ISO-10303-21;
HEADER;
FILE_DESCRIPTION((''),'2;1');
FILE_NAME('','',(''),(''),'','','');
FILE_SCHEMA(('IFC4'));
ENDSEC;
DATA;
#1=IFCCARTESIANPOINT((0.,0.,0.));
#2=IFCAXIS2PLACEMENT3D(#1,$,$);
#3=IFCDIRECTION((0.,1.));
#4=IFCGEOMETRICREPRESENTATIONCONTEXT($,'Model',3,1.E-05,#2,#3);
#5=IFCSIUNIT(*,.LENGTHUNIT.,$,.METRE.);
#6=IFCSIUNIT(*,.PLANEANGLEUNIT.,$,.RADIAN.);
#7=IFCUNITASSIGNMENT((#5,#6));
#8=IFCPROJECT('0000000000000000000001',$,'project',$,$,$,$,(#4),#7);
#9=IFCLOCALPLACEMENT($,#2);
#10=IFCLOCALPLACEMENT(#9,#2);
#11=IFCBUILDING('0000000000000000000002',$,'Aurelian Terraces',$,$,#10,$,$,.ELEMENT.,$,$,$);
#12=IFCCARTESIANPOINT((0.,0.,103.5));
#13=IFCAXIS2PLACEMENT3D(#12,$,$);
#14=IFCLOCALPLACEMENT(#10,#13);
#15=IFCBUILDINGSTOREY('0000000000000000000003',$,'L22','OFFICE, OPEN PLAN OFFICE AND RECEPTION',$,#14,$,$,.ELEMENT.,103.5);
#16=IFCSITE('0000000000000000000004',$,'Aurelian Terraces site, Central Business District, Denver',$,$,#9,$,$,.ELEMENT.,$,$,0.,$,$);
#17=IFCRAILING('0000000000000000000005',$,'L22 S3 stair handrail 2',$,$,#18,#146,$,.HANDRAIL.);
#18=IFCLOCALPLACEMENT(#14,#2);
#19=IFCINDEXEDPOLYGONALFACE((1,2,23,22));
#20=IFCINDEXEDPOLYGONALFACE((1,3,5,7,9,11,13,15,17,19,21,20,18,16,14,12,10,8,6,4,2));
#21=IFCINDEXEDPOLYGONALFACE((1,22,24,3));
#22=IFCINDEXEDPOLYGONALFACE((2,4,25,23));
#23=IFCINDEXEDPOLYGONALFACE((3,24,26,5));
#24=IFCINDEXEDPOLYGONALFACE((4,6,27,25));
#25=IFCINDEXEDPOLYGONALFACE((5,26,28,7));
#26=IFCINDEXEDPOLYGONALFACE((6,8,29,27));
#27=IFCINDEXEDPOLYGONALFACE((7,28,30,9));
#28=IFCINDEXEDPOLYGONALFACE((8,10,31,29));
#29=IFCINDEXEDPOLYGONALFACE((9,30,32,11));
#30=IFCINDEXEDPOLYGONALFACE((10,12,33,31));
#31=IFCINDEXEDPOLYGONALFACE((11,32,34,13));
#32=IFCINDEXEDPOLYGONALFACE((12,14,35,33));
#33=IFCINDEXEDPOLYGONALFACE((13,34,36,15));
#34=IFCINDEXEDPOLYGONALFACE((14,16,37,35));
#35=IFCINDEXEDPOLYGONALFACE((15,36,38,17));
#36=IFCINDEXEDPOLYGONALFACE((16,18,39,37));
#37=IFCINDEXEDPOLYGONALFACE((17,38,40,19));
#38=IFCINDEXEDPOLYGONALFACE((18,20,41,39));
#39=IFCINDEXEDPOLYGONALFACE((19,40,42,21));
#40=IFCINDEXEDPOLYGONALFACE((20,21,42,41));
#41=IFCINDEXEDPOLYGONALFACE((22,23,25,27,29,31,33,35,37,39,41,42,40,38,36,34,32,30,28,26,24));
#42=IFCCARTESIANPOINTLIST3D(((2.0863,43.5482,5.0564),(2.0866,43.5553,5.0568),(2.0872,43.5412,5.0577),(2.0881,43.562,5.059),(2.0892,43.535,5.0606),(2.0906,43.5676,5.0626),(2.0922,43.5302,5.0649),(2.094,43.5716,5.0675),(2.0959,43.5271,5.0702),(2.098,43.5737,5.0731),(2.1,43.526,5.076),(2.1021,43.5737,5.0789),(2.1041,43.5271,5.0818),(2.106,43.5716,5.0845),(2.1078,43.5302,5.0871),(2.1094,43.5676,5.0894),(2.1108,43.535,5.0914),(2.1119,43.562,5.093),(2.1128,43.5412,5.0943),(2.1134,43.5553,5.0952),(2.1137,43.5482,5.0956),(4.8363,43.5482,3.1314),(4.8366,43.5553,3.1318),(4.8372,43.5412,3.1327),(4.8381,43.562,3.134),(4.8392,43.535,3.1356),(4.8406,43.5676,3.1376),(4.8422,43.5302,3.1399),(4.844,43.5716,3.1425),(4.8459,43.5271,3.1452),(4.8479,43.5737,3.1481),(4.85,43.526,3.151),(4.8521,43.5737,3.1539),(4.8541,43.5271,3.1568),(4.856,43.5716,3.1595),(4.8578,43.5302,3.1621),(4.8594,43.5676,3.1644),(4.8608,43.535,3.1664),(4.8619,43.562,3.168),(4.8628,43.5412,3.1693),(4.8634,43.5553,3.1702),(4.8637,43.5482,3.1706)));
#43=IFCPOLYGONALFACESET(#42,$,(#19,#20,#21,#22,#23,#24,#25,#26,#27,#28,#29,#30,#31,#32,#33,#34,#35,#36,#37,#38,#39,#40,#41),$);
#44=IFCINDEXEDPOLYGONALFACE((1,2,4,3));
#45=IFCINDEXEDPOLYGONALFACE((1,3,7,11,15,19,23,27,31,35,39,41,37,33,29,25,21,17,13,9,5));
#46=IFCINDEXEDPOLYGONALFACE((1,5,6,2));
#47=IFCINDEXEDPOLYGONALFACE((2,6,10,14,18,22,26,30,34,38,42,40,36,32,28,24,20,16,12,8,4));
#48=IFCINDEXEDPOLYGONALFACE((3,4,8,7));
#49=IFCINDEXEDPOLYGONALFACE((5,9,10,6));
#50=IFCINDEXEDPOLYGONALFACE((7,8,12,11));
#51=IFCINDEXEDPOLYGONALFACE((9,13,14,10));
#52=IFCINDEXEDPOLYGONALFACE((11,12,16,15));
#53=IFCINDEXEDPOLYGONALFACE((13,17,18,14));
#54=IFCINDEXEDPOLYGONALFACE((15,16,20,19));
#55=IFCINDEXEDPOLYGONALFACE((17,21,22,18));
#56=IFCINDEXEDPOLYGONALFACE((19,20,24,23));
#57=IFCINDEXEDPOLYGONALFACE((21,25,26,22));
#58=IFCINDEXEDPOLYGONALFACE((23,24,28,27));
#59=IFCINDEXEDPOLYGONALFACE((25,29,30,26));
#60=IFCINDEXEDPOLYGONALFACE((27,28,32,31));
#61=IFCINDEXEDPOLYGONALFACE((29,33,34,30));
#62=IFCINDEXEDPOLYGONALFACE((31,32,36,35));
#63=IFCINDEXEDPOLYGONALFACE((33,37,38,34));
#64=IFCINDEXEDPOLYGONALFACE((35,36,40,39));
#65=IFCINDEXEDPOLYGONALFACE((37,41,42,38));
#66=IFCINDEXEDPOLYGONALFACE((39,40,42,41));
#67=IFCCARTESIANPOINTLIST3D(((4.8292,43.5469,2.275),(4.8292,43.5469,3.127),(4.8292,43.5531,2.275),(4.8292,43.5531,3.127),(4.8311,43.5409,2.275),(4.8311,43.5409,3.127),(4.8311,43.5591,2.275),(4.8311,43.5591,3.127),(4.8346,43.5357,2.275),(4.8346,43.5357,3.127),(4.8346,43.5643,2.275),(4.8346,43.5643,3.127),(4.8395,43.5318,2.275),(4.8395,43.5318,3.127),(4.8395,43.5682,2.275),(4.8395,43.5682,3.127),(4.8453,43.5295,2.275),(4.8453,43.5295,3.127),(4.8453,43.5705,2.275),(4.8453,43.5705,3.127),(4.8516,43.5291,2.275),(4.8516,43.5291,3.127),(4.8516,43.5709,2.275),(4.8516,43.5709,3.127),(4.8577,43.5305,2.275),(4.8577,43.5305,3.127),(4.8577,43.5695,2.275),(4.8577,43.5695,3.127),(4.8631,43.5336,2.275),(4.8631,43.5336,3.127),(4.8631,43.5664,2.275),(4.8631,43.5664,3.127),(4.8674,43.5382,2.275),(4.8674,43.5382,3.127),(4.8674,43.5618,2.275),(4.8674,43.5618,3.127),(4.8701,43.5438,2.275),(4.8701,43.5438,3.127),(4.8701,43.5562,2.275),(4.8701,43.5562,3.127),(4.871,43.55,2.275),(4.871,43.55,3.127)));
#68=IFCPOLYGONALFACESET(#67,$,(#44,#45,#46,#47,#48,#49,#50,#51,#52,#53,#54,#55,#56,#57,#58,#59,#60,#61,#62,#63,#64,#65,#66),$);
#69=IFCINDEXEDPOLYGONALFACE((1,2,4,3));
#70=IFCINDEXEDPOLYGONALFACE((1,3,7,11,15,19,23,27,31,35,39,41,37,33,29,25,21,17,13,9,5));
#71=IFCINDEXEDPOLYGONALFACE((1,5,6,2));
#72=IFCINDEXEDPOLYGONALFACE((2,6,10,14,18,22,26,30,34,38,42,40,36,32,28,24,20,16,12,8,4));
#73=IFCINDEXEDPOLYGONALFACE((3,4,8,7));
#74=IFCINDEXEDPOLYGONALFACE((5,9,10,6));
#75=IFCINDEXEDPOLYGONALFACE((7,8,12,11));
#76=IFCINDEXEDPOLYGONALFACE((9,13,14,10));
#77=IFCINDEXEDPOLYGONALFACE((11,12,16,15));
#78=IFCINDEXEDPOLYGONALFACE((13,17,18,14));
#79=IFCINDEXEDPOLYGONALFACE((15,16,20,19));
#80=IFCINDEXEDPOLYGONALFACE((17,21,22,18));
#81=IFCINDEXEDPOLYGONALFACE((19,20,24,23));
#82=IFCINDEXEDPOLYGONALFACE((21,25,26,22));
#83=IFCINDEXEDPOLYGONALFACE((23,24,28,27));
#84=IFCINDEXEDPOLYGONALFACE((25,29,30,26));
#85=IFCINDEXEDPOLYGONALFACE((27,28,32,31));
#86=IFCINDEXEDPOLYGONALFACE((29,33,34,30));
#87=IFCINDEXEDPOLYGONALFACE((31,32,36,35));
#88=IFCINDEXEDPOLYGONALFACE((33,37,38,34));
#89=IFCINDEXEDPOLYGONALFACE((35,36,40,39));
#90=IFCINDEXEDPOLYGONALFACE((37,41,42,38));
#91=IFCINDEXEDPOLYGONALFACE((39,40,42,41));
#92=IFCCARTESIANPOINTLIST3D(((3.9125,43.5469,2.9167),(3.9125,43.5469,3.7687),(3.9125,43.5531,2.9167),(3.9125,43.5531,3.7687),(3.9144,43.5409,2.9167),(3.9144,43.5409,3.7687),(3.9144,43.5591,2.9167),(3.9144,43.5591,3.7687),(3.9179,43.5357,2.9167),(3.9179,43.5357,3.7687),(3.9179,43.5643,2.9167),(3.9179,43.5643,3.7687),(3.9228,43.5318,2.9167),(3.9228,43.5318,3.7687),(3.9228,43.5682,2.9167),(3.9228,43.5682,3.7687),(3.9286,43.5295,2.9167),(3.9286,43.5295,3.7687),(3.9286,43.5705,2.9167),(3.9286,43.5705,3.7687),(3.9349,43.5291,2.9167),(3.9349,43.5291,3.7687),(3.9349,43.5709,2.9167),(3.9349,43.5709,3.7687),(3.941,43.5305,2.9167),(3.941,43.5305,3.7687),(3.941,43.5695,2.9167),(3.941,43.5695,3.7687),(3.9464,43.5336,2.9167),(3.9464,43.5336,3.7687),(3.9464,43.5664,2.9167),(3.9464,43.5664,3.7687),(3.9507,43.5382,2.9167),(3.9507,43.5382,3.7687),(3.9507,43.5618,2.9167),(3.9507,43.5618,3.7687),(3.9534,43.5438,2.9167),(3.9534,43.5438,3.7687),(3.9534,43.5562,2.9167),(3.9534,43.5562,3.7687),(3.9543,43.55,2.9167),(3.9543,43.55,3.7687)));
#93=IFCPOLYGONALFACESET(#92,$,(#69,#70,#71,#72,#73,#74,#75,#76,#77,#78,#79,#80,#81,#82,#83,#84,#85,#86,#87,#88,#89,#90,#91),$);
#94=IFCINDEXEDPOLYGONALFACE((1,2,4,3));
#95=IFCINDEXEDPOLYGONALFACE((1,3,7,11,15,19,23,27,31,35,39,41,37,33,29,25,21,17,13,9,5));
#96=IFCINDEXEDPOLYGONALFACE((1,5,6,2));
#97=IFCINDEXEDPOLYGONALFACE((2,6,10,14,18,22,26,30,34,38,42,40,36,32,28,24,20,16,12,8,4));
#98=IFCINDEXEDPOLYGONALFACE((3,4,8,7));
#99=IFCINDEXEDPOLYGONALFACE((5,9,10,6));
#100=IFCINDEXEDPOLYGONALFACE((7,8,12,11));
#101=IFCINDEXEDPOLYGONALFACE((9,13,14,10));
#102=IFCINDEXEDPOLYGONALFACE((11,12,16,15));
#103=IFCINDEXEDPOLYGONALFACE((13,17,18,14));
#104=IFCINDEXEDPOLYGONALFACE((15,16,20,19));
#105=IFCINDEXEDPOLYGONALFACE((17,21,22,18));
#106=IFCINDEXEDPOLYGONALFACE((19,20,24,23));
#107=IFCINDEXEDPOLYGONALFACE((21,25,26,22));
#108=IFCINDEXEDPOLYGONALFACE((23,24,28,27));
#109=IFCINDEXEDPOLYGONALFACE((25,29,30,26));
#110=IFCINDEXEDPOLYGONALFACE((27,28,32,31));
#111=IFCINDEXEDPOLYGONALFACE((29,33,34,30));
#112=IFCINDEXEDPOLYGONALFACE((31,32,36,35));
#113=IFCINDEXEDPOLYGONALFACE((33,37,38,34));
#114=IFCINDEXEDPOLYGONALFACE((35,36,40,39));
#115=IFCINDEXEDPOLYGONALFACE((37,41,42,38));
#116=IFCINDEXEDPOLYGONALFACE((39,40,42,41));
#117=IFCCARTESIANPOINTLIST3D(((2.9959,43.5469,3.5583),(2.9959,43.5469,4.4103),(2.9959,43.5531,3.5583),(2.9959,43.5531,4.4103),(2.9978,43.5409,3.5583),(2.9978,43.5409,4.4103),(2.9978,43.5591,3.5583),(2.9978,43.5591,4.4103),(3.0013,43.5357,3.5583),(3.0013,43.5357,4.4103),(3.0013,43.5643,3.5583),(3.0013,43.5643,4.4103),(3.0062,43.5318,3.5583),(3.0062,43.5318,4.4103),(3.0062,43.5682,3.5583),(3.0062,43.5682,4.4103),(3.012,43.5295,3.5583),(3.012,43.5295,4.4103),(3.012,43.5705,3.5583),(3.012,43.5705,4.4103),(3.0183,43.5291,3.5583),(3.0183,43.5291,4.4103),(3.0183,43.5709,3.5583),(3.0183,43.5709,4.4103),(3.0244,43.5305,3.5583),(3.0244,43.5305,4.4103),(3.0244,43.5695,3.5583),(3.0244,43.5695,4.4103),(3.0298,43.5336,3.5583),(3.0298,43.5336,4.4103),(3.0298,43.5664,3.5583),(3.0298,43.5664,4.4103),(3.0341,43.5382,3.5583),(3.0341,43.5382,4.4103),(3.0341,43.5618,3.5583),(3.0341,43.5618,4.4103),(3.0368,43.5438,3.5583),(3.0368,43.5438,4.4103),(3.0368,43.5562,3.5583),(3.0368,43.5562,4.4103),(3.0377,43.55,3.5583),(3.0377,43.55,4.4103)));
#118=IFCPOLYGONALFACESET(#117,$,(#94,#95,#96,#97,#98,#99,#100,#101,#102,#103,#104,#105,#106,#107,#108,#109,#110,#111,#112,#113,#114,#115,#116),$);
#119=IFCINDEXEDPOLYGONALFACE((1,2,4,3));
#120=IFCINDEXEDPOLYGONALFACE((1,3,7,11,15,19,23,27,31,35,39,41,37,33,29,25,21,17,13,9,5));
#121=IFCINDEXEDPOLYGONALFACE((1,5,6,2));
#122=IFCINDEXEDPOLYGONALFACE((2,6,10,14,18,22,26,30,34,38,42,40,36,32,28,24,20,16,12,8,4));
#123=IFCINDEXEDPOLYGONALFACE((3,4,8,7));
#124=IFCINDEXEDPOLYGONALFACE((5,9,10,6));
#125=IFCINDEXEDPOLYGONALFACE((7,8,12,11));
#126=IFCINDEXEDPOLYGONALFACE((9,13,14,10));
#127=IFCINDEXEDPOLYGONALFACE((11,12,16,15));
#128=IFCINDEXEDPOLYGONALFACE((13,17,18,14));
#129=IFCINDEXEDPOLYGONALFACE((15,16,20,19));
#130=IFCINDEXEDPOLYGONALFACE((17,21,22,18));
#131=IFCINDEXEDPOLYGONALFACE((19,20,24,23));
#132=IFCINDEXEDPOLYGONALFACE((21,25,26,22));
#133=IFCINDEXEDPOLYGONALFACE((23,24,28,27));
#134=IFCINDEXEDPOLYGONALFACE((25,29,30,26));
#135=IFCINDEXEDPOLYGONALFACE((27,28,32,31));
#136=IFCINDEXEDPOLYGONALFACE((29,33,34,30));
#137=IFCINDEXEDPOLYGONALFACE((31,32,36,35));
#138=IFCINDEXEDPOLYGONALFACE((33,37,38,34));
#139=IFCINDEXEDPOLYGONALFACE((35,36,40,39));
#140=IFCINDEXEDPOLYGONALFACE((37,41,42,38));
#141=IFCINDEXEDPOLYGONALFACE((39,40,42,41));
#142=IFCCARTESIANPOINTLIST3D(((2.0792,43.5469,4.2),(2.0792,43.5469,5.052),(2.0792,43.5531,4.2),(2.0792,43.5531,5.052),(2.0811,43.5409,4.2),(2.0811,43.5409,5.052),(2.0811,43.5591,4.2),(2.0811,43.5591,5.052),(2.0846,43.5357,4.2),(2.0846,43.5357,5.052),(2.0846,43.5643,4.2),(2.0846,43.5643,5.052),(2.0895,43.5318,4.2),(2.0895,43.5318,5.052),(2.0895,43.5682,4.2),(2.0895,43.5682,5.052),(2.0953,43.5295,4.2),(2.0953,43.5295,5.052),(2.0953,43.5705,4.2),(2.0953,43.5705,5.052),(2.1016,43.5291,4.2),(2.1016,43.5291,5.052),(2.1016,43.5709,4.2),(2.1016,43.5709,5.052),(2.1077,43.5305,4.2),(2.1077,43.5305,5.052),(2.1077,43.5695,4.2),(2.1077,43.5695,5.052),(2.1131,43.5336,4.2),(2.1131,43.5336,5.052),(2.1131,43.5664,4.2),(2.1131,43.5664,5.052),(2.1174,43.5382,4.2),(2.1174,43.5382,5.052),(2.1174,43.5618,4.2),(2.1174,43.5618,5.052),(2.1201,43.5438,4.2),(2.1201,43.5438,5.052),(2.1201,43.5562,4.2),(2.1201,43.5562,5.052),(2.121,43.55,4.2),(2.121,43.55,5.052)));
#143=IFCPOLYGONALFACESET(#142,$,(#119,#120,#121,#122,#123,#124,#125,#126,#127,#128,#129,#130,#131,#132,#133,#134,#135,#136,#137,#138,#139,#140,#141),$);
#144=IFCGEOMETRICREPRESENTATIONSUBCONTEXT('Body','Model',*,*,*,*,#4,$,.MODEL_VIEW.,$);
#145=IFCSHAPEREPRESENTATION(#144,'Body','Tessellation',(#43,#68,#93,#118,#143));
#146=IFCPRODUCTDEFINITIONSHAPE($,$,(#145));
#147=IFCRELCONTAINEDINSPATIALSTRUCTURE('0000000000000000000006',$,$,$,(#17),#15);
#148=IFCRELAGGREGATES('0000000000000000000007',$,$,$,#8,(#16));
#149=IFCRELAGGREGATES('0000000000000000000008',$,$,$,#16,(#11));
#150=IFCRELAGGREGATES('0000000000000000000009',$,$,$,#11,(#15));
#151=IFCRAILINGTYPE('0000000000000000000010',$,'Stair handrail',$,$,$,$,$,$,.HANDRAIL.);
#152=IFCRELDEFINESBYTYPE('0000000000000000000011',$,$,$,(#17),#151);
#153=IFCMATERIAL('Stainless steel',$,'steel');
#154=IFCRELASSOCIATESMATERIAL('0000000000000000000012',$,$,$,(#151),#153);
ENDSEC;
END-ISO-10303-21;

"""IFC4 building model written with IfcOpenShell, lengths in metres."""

from ifc_helpers import new_model, si_unit, direction, frame, origin, origin_2d, place, context, subcontext, project, spatial, circle, extrude, source, transform, mapped, material, type_object, element, save


model = new_model("IFC4")

# Units and contexts
model_context = context("Model", 3, precision=1e-05, world=origin(), true_north=direction((0.0, 1.0)))
body_context = subcontext(model_context, "Body", "Model", "MODEL_VIEW")
ifc_project = project(units=[si_unit("LENGTHUNIT", "METRE"), si_unit("PLANEANGLEUNIT", "RADIAN")], contexts=[model_context])

# Site, building, storey
site_placement = place(None, origin())
site = spatial("IfcSite", under=ifc_project, at=site_placement, Name="Aurelian Terraces site, Central Business District, Denver", CompositionType="ELEMENT", RefElevation=0.0)
building_placement = place(site_placement, origin())
building = spatial("IfcBuilding", under=site, at=building_placement, Name="Aurelian Terraces", CompositionType="ELEMENT")
storey_placement = place(building_placement, frame((0.0, 0.0, 103.5)))
storey = spatial("IfcBuildingStorey", under=building, at=storey_placement, Name="L22", Description="OFFICE, OPEN PLAN OFFICE AND RECEPTION", CompositionType="ELEMENT", Elevation=103.5)

# Railing
ifc_material_1 = material(Name="Stainless steel", Category="steel")
railing_type_1 = type_object("IfcRailingType", Name="Stair handrail", PredefinedType="HANDRAIL", material=ifc_material_1)
shared_shape_1 = source(origin(), body_context, "Body", "SweptSolid", [
    extrude(circle(Radius=0.024, at=origin_2d()), frame((0.0, 0.0, 0.876), z_axis=(-0.819232, 0.0, 0.573462), x_axis=(0.0, -1.0, 0.0)), (0.0, 0.0, 1.0), 3.3568),
    extrude(circle(Radius=0.021, at=origin_2d()), origin(), (0.0, 0.0, 1.0), 0.852),
    extrude(circle(Radius=0.021, at=origin_2d()), frame((-0.9167, 0.0, 0.6417)), (0.0, 0.0, 1.0), 0.852),
    extrude(circle(Radius=0.021, at=origin_2d()), frame((-1.8333, 0.0, 1.2833)), (0.0, 0.0, 1.0), 0.852),
    extrude(circle(Radius=0.021, at=origin_2d()), frame((-2.75, 0.0, 1.925)), (0.0, 0.0, 1.0), 0.852),
])
railing_1_placement = place(storey_placement, frame((4.85, 43.55, 2.275)))
element("IfcRailing", 1, at=railing_1_placement, inside=storey, type_object=railing_type_1, Name="L22 S3 stair handrail 2", PredefinedType="HANDRAIL", context=body_context, shape_type="MappedRepresentation", body=[
    mapped(shared_shape_1, transform((0.0, 0.0, 0.0), scale=1.0)),
])

save(model, "model.ifc")
